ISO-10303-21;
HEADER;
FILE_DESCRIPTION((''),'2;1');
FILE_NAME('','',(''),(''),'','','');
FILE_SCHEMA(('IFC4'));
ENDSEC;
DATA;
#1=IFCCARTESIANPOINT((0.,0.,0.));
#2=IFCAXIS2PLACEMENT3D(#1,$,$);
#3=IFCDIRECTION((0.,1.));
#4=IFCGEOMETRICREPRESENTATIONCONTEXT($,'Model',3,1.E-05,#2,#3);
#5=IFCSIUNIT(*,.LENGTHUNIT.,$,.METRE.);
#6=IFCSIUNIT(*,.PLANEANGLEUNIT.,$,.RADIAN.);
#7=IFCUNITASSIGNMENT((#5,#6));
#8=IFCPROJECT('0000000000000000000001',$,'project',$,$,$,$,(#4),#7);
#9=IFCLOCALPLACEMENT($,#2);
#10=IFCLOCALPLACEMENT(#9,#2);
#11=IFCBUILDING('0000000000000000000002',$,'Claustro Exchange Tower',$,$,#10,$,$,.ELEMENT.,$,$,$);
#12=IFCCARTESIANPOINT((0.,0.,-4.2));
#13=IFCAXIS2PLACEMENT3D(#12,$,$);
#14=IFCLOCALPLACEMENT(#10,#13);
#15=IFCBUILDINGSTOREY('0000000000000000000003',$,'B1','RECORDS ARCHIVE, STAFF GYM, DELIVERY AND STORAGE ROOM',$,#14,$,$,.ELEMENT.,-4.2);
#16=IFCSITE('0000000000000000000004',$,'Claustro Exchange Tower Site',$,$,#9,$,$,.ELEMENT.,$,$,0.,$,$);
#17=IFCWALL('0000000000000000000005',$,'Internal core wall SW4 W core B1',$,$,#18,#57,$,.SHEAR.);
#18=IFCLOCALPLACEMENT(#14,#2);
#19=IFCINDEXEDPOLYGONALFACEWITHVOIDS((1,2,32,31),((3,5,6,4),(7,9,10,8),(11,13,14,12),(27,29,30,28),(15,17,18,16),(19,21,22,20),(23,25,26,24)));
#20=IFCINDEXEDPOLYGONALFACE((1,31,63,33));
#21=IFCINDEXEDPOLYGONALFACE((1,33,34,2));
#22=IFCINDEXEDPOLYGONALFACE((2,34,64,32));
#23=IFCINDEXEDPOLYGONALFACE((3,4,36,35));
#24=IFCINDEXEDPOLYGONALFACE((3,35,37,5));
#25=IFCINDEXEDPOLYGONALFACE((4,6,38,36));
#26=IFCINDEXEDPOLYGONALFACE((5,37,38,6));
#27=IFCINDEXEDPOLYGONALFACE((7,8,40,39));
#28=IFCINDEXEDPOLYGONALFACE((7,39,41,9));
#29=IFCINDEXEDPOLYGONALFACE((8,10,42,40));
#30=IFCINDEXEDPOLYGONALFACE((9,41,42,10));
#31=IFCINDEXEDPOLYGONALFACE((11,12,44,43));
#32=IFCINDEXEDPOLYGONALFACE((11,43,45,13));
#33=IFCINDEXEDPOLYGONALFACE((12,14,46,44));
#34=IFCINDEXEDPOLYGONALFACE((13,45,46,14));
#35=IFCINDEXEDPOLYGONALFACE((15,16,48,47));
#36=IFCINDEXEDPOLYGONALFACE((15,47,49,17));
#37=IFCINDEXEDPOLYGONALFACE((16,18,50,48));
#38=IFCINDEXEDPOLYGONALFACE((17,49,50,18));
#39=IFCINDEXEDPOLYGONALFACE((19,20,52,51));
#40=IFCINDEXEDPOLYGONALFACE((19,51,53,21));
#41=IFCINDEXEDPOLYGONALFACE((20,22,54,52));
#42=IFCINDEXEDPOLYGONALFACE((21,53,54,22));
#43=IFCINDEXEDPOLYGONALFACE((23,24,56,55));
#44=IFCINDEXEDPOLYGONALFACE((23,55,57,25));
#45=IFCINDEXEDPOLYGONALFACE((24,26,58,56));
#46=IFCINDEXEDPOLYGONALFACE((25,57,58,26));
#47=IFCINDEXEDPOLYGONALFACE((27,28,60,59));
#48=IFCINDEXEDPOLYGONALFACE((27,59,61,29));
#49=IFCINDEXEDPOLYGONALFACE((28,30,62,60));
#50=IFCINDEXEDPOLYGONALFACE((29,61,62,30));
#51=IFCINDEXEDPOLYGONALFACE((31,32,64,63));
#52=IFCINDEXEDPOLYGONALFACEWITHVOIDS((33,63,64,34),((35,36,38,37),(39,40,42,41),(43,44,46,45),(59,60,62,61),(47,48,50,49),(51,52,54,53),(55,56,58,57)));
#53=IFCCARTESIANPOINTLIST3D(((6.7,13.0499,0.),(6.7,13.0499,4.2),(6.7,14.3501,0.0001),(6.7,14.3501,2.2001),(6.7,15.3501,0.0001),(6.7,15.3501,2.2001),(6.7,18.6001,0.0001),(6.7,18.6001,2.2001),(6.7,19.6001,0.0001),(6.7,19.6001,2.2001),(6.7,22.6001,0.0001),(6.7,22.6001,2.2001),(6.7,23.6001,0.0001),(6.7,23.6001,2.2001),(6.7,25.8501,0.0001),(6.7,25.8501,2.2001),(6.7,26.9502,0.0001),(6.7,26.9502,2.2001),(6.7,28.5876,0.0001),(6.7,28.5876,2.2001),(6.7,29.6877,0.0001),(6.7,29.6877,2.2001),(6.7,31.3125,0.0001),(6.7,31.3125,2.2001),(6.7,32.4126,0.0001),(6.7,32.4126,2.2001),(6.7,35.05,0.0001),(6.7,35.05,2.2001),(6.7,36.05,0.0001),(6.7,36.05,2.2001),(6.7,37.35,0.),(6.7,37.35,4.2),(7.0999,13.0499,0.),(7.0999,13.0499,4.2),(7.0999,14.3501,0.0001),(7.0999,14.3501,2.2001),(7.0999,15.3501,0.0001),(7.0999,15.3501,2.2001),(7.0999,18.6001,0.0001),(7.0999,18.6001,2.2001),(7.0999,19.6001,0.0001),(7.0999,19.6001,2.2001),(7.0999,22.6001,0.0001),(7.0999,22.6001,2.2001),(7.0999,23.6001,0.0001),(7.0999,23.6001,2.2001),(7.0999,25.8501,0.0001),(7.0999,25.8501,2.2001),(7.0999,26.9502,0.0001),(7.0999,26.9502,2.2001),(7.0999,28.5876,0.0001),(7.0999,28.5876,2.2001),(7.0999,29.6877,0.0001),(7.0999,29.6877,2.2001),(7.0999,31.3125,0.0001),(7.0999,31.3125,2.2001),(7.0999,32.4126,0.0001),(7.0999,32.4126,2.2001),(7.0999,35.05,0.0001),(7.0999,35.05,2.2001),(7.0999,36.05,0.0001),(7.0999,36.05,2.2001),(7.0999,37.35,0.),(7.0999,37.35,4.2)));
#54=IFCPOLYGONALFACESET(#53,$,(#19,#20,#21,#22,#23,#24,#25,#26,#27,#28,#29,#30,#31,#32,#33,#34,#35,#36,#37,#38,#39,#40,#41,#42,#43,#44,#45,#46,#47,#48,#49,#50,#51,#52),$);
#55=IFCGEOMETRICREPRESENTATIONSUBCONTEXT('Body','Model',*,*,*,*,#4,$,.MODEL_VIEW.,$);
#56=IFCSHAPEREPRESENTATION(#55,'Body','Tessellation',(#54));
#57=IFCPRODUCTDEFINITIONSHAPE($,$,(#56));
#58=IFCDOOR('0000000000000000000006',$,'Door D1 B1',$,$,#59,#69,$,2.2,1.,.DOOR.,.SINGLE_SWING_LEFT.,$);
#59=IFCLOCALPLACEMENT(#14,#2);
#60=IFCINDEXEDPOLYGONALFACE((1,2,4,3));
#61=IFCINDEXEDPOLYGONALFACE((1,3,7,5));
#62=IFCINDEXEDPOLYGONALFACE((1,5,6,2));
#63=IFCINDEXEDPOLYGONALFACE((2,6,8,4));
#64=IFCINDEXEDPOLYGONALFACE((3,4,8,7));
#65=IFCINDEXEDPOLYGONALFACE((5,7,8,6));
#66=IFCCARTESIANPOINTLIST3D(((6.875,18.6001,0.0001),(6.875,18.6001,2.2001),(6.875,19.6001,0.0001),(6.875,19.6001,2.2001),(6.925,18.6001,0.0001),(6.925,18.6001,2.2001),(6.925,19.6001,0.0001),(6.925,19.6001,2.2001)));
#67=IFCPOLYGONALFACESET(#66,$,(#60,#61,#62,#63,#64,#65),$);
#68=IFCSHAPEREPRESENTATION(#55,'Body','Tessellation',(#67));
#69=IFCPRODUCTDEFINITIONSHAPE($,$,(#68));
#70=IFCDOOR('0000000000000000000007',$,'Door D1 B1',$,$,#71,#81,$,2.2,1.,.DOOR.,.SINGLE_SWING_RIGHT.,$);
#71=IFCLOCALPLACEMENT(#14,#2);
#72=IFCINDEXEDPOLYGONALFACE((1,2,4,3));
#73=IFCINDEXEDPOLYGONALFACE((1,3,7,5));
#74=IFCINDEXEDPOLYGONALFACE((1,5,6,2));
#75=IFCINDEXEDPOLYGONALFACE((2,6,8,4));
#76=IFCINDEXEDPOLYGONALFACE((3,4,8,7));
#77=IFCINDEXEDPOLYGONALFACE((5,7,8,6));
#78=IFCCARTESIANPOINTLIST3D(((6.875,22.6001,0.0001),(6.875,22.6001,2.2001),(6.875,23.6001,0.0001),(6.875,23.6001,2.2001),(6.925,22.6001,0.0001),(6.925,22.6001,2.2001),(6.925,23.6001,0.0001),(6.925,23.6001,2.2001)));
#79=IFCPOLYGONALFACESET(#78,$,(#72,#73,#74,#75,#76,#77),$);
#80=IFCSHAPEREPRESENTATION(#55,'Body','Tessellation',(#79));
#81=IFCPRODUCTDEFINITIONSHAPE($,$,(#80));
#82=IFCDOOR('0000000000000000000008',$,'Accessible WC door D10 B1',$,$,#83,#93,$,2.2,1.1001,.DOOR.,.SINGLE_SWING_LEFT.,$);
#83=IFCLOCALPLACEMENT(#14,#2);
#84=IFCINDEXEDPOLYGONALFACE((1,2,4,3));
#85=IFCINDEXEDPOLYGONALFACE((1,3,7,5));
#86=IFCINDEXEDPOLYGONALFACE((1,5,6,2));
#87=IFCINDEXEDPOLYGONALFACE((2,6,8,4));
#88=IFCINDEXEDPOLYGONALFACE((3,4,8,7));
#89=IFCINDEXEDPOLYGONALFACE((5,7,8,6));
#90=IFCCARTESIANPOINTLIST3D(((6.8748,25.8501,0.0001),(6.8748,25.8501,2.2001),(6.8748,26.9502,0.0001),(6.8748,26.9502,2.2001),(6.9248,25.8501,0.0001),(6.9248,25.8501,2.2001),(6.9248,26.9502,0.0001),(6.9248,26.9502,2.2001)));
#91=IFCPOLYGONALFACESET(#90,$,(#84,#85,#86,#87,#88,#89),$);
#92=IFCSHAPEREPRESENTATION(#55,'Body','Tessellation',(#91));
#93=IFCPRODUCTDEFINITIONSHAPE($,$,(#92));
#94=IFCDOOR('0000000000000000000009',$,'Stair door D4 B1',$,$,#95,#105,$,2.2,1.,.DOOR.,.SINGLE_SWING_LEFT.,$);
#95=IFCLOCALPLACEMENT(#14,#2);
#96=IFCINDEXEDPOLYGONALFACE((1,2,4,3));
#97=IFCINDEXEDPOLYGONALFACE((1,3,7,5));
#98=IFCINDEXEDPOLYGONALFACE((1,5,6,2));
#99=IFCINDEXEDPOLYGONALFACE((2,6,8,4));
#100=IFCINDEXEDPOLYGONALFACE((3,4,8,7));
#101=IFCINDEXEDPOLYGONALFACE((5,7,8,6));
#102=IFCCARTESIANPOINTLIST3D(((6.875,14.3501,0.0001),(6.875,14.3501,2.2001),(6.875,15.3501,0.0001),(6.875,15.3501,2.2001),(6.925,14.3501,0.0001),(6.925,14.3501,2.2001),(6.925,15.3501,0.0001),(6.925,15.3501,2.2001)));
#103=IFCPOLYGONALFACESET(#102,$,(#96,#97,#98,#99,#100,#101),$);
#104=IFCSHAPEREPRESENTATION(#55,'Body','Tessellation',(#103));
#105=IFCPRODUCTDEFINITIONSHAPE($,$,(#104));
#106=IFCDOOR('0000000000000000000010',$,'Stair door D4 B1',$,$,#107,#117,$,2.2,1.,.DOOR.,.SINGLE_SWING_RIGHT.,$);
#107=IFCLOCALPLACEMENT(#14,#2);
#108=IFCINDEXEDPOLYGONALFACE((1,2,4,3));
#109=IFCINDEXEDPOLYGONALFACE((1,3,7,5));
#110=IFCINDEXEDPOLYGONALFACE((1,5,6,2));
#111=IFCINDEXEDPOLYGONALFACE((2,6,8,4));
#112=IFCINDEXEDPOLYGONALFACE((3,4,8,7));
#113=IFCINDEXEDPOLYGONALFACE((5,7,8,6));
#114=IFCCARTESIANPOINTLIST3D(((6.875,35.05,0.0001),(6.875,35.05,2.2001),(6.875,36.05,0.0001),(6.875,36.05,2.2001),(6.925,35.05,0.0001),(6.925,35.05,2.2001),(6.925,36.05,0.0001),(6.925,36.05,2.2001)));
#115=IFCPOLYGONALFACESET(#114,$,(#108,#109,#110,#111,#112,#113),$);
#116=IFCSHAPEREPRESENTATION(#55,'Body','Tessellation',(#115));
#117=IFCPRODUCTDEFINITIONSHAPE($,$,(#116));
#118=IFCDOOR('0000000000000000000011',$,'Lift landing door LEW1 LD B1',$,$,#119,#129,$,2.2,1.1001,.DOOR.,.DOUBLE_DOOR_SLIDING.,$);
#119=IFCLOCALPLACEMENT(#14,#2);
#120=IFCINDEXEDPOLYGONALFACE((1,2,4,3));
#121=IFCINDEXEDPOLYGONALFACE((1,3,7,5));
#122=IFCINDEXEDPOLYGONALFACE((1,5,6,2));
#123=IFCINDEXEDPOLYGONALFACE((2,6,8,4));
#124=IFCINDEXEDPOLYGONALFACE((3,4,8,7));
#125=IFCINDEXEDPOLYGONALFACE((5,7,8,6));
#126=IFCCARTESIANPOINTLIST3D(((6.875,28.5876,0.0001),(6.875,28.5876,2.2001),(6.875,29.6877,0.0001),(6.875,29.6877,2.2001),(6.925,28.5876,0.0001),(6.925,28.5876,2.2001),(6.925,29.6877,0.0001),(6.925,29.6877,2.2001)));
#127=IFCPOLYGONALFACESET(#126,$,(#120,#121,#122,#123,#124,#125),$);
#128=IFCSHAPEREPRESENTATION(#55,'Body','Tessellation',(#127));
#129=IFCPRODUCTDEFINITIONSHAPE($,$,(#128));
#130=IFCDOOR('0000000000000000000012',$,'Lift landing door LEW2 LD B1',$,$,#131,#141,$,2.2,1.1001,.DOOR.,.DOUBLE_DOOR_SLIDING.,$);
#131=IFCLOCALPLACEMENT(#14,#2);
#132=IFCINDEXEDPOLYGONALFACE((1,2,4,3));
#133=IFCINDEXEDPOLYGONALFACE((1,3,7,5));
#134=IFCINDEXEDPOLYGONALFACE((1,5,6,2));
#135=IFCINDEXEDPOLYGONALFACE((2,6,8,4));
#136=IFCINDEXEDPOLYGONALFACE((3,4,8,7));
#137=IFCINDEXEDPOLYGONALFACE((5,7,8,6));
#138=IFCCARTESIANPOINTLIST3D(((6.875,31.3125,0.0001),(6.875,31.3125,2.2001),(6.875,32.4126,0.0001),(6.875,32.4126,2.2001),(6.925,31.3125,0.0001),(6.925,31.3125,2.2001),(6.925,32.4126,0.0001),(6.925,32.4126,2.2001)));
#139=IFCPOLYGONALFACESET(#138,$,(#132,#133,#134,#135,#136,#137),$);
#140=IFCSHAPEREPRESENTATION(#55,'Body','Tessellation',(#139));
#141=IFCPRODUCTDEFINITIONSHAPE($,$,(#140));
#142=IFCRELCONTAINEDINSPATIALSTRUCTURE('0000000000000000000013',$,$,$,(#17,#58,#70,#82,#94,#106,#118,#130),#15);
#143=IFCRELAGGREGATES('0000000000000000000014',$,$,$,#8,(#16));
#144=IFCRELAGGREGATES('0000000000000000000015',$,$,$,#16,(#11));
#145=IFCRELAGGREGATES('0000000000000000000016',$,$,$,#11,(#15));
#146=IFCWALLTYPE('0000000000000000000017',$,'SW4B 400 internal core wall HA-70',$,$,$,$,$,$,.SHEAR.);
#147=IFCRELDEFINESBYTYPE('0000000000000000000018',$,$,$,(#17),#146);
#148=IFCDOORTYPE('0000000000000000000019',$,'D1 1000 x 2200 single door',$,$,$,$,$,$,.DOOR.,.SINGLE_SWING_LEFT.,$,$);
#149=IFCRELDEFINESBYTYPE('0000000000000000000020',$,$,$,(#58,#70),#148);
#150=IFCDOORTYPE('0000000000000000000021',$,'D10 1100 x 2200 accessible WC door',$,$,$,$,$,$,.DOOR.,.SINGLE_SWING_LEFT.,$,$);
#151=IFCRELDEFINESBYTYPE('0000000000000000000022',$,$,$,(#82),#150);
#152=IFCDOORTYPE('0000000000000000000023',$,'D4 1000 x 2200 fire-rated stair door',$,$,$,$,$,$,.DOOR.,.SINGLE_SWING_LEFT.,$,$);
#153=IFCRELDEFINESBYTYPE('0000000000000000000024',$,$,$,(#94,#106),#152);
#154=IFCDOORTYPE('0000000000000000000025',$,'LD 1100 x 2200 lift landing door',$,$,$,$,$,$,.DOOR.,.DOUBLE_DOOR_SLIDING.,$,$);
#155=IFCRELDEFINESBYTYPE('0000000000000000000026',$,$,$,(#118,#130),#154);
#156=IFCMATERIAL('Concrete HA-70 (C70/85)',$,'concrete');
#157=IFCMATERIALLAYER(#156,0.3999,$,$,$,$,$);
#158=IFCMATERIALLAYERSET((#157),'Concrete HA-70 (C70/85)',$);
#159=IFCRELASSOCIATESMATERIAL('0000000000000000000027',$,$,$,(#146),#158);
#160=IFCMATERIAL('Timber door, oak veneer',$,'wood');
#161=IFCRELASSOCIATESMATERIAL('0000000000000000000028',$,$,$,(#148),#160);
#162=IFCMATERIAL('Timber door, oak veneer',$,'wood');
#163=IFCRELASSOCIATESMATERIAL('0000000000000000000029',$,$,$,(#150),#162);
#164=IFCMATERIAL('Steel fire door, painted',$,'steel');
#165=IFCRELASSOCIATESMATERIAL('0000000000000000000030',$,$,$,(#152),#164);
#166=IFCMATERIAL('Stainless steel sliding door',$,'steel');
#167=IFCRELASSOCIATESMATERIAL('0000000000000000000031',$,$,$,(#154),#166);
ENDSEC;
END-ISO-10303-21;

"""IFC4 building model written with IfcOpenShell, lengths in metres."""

from ifc_helpers import new_model, si_unit, direction, frame, frame_2d, origin, place, context, subcontext, project, spatial, rectangle, extrude, material, layer, layer_set, type_object, element, fill, save


model = new_model("IFC4")

# Units and contexts
model_context = context("Model", 3, precision=1e-05, world=origin(), true_north=direction((0.0, 1.0)))
body_context = subcontext(model_context, "Body", "Model", "MODEL_VIEW")
ifc_project = project(units=[si_unit("LENGTHUNIT", "METRE"), si_unit("PLANEANGLEUNIT", "RADIAN")], contexts=[model_context])

# Site, building, storey
site_placement = place(None, origin())
site = spatial("IfcSite", under=ifc_project, at=site_placement, Name="Claustro Exchange Tower Site", CompositionType="ELEMENT", RefElevation=0.0)
building_placement = place(site_placement, origin())
building = spatial("IfcBuilding", under=site, at=building_placement, Name="Claustro Exchange Tower", CompositionType="ELEMENT")
storey_placement = place(building_placement, frame((0.0, 0.0, -4.2)))
storey = spatial("IfcBuildingStorey", under=building, at=storey_placement, Name="B1", Description="RECORDS ARCHIVE, STAFF GYM, DELIVERY AND STORAGE ROOM", CompositionType="ELEMENT", Elevation=-4.2)

# Wall, openings, doors
ifc_material_1 = material(Name="Concrete HA-70 (C70/85)", Category="concrete")
ifc_layer_1 = layer(ifc_material_1, 0.3999)
ifc_layer_set_1 = layer_set([ifc_layer_1], Name="Concrete HA-70 (C70/85)")
wall_type = type_object("IfcWallType", Name="SW4B 400 internal core wall HA-70", PredefinedType="SHEAR", material=ifc_layer_set_1)
wall_1_placement = place(storey_placement, frame((6.8999, 13.05, 0.0), z_axis=(0.0, 0.0, 1.0), x_axis=(0.0, 1.0, 0.0)))
wall_1 = element("IfcWall", 1, at=wall_1_placement, inside=storey, type_object=wall_type, Name="Internal core wall SW4 W core B1", PredefinedType="SHEAR", context=body_context, shape_type="SweptSolid", body=[
    extrude(rectangle(XDim=24.3, YDim=0.3999, at=frame_2d((12.1499, 0.0))), origin(), (0.0, 0.0, 1.0), 4.2),
])
opening_1_placement = place(wall_1_placement, frame((1.3, 0.0, 0.0)))
opening_1 = element("IfcOpeningElement", 2, at=opening_1_placement, cuts=wall_1, PredefinedType="OPENING", context=body_context, shape_type="SweptSolid", body=[
    extrude(rectangle(XDim=1.0, YDim=2.2, at=frame_2d((0.5, 1.1001))), frame((0.0, 0.21, 0.0), z_axis=(0.0, -1.0, 0.0), x_axis=(1.0, 0.0, 0.0)), (0.0, 0.0, 1.0), 0.4199),
])
opening_2_placement = place(wall_1_placement, frame((22.0, 0.0, 0.0)))
opening_2 = element("IfcOpeningElement", 3, at=opening_2_placement, cuts=wall_1, PredefinedType="OPENING", context=body_context, shape_type="SweptSolid", body=[
    extrude(rectangle(XDim=1.0, YDim=2.2, at=frame_2d((0.5, 1.1001))), frame((0.0, 0.21, 0.0), z_axis=(0.0, -1.0, 0.0), x_axis=(1.0, 0.0, 0.0)), (0.0, 0.0, 1.0), 0.4199),
])
opening_3_placement = place(wall_1_placement, frame((5.55, 0.0, 0.0)))
opening_3 = element("IfcOpeningElement", 4, at=opening_3_placement, cuts=wall_1, PredefinedType="OPENING", context=body_context, shape_type="SweptSolid", body=[
    extrude(rectangle(XDim=1.0, YDim=2.2, at=frame_2d((0.5, 1.1001))), frame((0.0, 0.21, 0.0), z_axis=(0.0, -1.0, 0.0), x_axis=(1.0, 0.0, 0.0)), (0.0, 0.0, 1.0), 0.4199),
])
opening_4_placement = place(wall_1_placement, frame((9.55, 0.0, 0.0)))
opening_4 = element("IfcOpeningElement", 5, at=opening_4_placement, cuts=wall_1, PredefinedType="OPENING", context=body_context, shape_type="SweptSolid", body=[
    extrude(rectangle(XDim=1.0, YDim=2.2, at=frame_2d((0.5, 1.1001))), frame((0.0, 0.21, 0.0), z_axis=(0.0, -1.0, 0.0), x_axis=(1.0, 0.0, 0.0)), (0.0, 0.0, 1.0), 0.4199),
])
opening_5_placement = place(wall_1_placement, frame((12.8, 0.0, 0.0)))
opening_5 = element("IfcOpeningElement", 6, at=opening_5_placement, cuts=wall_1, PredefinedType="OPENING", context=body_context, shape_type="SweptSolid", body=[
    extrude(rectangle(XDim=1.1001, YDim=2.2, at=frame_2d((0.55, 1.1001))), frame((0.0, 0.21, 0.0), z_axis=(0.0, -1.0, 0.0), x_axis=(1.0, 0.0, 0.0)), (0.0, 0.0, 1.0), 0.4199),
])
opening_6_placement = place(wall_1_placement, frame((15.5376, 0.0, 0.0)))
opening_6 = element("IfcOpeningElement", 7, at=opening_6_placement, cuts=wall_1, PredefinedType="OPENING", context=body_context, shape_type="SweptSolid", body=[
    extrude(rectangle(XDim=1.1001, YDim=2.2, at=frame_2d((0.55, 1.1001))), frame((0.0, 0.21, 0.0), z_axis=(0.0, -1.0, 0.0), x_axis=(1.0, 0.0, 0.0)), (0.0, 0.0, 1.0), 0.4199),
])
opening_7_placement = place(wall_1_placement, frame((18.2625, 0.0, 0.0)))
opening_7 = element("IfcOpeningElement", 8, at=opening_7_placement, cuts=wall_1, PredefinedType="OPENING", context=body_context, shape_type="SweptSolid", body=[
    extrude(rectangle(XDim=1.1001, YDim=2.2, at=frame_2d((0.55, 1.1001))), frame((0.0, 0.21, 0.0), z_axis=(0.0, -1.0, 0.0), x_axis=(1.0, 0.0, 0.0)), (0.0, 0.0, 1.0), 0.4199),
])
ifc_material_2 = material(Name="Timber door, oak veneer", Category="wood")
door_type_1 = type_object("IfcDoorType", Name="D1 1000 x 2200 single door", OperationType="SINGLE_SWING_LEFT", PredefinedType="DOOR", material=ifc_material_2)
door_1_placement = place(opening_3_placement, origin())
door_1 = element("IfcDoor", 9, at=door_1_placement, inside=storey, type_object=door_type_1, Name="Door D1 B1", OperationType="SINGLE_SWING_LEFT", OverallHeight=2.2, OverallWidth=1.0, PredefinedType="DOOR", context=body_context, shape_type="SweptSolid", body=[
    extrude(rectangle(XDim=1.0, YDim=2.2, at=frame_2d((0.5, 1.1001))), frame((0.0, 0.0249, 0.0), z_axis=(0.0, -1.0, 0.0), x_axis=(1.0, 0.0, 0.0)), (0.0, 0.0, 1.0), 0.05),
])
fill(opening_3, door_1)
door_2_placement = place(opening_4_placement, origin())
door_2 = element("IfcDoor", 10, at=door_2_placement, inside=storey, type_object=door_type_1, Name="Door D1 B1", OperationType="SINGLE_SWING_RIGHT", OverallHeight=2.2, OverallWidth=1.0, PredefinedType="DOOR", context=body_context, shape_type="SweptSolid", body=[
    extrude(rectangle(XDim=1.0, YDim=2.2, at=frame_2d((0.5, 1.1001))), frame((0.0, 0.0249, 0.0), z_axis=(0.0, -1.0, 0.0), x_axis=(1.0, 0.0, 0.0)), (0.0, 0.0, 1.0), 0.05),
])
fill(opening_4, door_2)
ifc_material_3 = material(Name="Timber door, oak veneer", Category="wood")
door_type_2 = type_object("IfcDoorType", Name="D10 1100 x 2200 accessible WC door", OperationType="SINGLE_SWING_LEFT", PredefinedType="DOOR", material=ifc_material_3)
door_3_placement = place(opening_5_placement, frame((1.1001, 0.0, 0.0), z_axis=(0.0, 0.0, 1.0), x_axis=(-1.0, 0.0, 0.0)))
door_3 = element("IfcDoor", 11, at=door_3_placement, inside=storey, type_object=door_type_2, Name="Accessible WC door D10 B1", OperationType="SINGLE_SWING_LEFT", OverallHeight=2.2, OverallWidth=1.1001, PredefinedType="DOOR", context=body_context, shape_type="SweptSolid", body=[
    extrude(rectangle(XDim=1.1001, YDim=2.2, at=frame_2d((0.55, 1.1001))), frame((0.0, 0.0249, 0.0), z_axis=(0.0, -1.0, 0.0), x_axis=(1.0, 0.0, 0.0)), (0.0, 0.0, 1.0), 0.05),
])
fill(opening_5, door_3)
ifc_material_4 = material(Name="Steel fire door, painted", Category="steel")
door_type_3 = type_object("IfcDoorType", Name="D4 1000 x 2200 fire-rated stair door", OperationType="SINGLE_SWING_LEFT", PredefinedType="DOOR", material=ifc_material_4)
door_4_placement = place(opening_1_placement, origin())
door_4 = element("IfcDoor", 12, at=door_4_placement, inside=storey, type_object=door_type_3, Name="Stair door D4 B1", OperationType="SINGLE_SWING_LEFT", OverallHeight=2.2, OverallWidth=1.0, PredefinedType="DOOR", context=body_context, shape_type="SweptSolid", body=[
    extrude(rectangle(XDim=1.0, YDim=2.2, at=frame_2d((0.5, 1.1001))), frame((0.0, 0.0249, 0.0), z_axis=(0.0, -1.0, 0.0), x_axis=(1.0, 0.0, 0.0)), (0.0, 0.0, 1.0), 0.05),
])
fill(opening_1, door_4)
door_5_placement = place(opening_2_placement, origin())
door_5 = element("IfcDoor", 13, at=door_5_placement, inside=storey, type_object=door_type_3, Name="Stair door D4 B1", OperationType="SINGLE_SWING_RIGHT", OverallHeight=2.2, OverallWidth=1.0, PredefinedType="DOOR", context=body_context, shape_type="SweptSolid", body=[
    extrude(rectangle(XDim=1.0, YDim=2.2, at=frame_2d((0.5, 1.1001))), frame((0.0, 0.0249, 0.0), z_axis=(0.0, -1.0, 0.0), x_axis=(1.0, 0.0, 0.0)), (0.0, 0.0, 1.0), 0.05),
])
fill(opening_2, door_5)
ifc_material_5 = material(Name="Stainless steel sliding door", Category="steel")
door_type_4 = type_object("IfcDoorType", Name="LD 1100 x 2200 lift landing door", OperationType="DOUBLE_DOOR_SLIDING", PredefinedType="DOOR", material=ifc_material_5)
door_6_placement = place(opening_6_placement, origin())
door_6 = element("IfcDoor", 14, at=door_6_placement, inside=storey, type_object=door_type_4, Name="Lift landing door LEW1 LD B1", OperationType="DOUBLE_DOOR_SLIDING", OverallHeight=2.2, OverallWidth=1.1001, PredefinedType="DOOR", context=body_context, shape_type="SweptSolid", body=[
    extrude(rectangle(XDim=1.1001, YDim=2.2, at=frame_2d((0.55, 1.1001))), frame((0.0, 0.0249, 0.0), z_axis=(0.0, -1.0, 0.0), x_axis=(1.0, 0.0, 0.0)), (0.0, 0.0, 1.0), 0.05),
])
fill(opening_6, door_6)
door_7_placement = place(opening_7_placement, origin())
door_7 = element("IfcDoor", 15, at=door_7_placement, inside=storey, type_object=door_type_4, Name="Lift landing door LEW2 LD B1", OperationType="DOUBLE_DOOR_SLIDING", OverallHeight=2.2, OverallWidth=1.1001, PredefinedType="DOOR", context=body_context, shape_type="SweptSolid", body=[
    extrude(rectangle(XDim=1.1001, YDim=2.2, at=frame_2d((0.55, 1.1001))), frame((0.0, 0.0249, 0.0), z_axis=(0.0, -1.0, 0.0), x_axis=(1.0, 0.0, 0.0)), (0.0, 0.0, 1.0), 0.05),
])
fill(opening_7, door_7)

save(model, "model.ifc")
